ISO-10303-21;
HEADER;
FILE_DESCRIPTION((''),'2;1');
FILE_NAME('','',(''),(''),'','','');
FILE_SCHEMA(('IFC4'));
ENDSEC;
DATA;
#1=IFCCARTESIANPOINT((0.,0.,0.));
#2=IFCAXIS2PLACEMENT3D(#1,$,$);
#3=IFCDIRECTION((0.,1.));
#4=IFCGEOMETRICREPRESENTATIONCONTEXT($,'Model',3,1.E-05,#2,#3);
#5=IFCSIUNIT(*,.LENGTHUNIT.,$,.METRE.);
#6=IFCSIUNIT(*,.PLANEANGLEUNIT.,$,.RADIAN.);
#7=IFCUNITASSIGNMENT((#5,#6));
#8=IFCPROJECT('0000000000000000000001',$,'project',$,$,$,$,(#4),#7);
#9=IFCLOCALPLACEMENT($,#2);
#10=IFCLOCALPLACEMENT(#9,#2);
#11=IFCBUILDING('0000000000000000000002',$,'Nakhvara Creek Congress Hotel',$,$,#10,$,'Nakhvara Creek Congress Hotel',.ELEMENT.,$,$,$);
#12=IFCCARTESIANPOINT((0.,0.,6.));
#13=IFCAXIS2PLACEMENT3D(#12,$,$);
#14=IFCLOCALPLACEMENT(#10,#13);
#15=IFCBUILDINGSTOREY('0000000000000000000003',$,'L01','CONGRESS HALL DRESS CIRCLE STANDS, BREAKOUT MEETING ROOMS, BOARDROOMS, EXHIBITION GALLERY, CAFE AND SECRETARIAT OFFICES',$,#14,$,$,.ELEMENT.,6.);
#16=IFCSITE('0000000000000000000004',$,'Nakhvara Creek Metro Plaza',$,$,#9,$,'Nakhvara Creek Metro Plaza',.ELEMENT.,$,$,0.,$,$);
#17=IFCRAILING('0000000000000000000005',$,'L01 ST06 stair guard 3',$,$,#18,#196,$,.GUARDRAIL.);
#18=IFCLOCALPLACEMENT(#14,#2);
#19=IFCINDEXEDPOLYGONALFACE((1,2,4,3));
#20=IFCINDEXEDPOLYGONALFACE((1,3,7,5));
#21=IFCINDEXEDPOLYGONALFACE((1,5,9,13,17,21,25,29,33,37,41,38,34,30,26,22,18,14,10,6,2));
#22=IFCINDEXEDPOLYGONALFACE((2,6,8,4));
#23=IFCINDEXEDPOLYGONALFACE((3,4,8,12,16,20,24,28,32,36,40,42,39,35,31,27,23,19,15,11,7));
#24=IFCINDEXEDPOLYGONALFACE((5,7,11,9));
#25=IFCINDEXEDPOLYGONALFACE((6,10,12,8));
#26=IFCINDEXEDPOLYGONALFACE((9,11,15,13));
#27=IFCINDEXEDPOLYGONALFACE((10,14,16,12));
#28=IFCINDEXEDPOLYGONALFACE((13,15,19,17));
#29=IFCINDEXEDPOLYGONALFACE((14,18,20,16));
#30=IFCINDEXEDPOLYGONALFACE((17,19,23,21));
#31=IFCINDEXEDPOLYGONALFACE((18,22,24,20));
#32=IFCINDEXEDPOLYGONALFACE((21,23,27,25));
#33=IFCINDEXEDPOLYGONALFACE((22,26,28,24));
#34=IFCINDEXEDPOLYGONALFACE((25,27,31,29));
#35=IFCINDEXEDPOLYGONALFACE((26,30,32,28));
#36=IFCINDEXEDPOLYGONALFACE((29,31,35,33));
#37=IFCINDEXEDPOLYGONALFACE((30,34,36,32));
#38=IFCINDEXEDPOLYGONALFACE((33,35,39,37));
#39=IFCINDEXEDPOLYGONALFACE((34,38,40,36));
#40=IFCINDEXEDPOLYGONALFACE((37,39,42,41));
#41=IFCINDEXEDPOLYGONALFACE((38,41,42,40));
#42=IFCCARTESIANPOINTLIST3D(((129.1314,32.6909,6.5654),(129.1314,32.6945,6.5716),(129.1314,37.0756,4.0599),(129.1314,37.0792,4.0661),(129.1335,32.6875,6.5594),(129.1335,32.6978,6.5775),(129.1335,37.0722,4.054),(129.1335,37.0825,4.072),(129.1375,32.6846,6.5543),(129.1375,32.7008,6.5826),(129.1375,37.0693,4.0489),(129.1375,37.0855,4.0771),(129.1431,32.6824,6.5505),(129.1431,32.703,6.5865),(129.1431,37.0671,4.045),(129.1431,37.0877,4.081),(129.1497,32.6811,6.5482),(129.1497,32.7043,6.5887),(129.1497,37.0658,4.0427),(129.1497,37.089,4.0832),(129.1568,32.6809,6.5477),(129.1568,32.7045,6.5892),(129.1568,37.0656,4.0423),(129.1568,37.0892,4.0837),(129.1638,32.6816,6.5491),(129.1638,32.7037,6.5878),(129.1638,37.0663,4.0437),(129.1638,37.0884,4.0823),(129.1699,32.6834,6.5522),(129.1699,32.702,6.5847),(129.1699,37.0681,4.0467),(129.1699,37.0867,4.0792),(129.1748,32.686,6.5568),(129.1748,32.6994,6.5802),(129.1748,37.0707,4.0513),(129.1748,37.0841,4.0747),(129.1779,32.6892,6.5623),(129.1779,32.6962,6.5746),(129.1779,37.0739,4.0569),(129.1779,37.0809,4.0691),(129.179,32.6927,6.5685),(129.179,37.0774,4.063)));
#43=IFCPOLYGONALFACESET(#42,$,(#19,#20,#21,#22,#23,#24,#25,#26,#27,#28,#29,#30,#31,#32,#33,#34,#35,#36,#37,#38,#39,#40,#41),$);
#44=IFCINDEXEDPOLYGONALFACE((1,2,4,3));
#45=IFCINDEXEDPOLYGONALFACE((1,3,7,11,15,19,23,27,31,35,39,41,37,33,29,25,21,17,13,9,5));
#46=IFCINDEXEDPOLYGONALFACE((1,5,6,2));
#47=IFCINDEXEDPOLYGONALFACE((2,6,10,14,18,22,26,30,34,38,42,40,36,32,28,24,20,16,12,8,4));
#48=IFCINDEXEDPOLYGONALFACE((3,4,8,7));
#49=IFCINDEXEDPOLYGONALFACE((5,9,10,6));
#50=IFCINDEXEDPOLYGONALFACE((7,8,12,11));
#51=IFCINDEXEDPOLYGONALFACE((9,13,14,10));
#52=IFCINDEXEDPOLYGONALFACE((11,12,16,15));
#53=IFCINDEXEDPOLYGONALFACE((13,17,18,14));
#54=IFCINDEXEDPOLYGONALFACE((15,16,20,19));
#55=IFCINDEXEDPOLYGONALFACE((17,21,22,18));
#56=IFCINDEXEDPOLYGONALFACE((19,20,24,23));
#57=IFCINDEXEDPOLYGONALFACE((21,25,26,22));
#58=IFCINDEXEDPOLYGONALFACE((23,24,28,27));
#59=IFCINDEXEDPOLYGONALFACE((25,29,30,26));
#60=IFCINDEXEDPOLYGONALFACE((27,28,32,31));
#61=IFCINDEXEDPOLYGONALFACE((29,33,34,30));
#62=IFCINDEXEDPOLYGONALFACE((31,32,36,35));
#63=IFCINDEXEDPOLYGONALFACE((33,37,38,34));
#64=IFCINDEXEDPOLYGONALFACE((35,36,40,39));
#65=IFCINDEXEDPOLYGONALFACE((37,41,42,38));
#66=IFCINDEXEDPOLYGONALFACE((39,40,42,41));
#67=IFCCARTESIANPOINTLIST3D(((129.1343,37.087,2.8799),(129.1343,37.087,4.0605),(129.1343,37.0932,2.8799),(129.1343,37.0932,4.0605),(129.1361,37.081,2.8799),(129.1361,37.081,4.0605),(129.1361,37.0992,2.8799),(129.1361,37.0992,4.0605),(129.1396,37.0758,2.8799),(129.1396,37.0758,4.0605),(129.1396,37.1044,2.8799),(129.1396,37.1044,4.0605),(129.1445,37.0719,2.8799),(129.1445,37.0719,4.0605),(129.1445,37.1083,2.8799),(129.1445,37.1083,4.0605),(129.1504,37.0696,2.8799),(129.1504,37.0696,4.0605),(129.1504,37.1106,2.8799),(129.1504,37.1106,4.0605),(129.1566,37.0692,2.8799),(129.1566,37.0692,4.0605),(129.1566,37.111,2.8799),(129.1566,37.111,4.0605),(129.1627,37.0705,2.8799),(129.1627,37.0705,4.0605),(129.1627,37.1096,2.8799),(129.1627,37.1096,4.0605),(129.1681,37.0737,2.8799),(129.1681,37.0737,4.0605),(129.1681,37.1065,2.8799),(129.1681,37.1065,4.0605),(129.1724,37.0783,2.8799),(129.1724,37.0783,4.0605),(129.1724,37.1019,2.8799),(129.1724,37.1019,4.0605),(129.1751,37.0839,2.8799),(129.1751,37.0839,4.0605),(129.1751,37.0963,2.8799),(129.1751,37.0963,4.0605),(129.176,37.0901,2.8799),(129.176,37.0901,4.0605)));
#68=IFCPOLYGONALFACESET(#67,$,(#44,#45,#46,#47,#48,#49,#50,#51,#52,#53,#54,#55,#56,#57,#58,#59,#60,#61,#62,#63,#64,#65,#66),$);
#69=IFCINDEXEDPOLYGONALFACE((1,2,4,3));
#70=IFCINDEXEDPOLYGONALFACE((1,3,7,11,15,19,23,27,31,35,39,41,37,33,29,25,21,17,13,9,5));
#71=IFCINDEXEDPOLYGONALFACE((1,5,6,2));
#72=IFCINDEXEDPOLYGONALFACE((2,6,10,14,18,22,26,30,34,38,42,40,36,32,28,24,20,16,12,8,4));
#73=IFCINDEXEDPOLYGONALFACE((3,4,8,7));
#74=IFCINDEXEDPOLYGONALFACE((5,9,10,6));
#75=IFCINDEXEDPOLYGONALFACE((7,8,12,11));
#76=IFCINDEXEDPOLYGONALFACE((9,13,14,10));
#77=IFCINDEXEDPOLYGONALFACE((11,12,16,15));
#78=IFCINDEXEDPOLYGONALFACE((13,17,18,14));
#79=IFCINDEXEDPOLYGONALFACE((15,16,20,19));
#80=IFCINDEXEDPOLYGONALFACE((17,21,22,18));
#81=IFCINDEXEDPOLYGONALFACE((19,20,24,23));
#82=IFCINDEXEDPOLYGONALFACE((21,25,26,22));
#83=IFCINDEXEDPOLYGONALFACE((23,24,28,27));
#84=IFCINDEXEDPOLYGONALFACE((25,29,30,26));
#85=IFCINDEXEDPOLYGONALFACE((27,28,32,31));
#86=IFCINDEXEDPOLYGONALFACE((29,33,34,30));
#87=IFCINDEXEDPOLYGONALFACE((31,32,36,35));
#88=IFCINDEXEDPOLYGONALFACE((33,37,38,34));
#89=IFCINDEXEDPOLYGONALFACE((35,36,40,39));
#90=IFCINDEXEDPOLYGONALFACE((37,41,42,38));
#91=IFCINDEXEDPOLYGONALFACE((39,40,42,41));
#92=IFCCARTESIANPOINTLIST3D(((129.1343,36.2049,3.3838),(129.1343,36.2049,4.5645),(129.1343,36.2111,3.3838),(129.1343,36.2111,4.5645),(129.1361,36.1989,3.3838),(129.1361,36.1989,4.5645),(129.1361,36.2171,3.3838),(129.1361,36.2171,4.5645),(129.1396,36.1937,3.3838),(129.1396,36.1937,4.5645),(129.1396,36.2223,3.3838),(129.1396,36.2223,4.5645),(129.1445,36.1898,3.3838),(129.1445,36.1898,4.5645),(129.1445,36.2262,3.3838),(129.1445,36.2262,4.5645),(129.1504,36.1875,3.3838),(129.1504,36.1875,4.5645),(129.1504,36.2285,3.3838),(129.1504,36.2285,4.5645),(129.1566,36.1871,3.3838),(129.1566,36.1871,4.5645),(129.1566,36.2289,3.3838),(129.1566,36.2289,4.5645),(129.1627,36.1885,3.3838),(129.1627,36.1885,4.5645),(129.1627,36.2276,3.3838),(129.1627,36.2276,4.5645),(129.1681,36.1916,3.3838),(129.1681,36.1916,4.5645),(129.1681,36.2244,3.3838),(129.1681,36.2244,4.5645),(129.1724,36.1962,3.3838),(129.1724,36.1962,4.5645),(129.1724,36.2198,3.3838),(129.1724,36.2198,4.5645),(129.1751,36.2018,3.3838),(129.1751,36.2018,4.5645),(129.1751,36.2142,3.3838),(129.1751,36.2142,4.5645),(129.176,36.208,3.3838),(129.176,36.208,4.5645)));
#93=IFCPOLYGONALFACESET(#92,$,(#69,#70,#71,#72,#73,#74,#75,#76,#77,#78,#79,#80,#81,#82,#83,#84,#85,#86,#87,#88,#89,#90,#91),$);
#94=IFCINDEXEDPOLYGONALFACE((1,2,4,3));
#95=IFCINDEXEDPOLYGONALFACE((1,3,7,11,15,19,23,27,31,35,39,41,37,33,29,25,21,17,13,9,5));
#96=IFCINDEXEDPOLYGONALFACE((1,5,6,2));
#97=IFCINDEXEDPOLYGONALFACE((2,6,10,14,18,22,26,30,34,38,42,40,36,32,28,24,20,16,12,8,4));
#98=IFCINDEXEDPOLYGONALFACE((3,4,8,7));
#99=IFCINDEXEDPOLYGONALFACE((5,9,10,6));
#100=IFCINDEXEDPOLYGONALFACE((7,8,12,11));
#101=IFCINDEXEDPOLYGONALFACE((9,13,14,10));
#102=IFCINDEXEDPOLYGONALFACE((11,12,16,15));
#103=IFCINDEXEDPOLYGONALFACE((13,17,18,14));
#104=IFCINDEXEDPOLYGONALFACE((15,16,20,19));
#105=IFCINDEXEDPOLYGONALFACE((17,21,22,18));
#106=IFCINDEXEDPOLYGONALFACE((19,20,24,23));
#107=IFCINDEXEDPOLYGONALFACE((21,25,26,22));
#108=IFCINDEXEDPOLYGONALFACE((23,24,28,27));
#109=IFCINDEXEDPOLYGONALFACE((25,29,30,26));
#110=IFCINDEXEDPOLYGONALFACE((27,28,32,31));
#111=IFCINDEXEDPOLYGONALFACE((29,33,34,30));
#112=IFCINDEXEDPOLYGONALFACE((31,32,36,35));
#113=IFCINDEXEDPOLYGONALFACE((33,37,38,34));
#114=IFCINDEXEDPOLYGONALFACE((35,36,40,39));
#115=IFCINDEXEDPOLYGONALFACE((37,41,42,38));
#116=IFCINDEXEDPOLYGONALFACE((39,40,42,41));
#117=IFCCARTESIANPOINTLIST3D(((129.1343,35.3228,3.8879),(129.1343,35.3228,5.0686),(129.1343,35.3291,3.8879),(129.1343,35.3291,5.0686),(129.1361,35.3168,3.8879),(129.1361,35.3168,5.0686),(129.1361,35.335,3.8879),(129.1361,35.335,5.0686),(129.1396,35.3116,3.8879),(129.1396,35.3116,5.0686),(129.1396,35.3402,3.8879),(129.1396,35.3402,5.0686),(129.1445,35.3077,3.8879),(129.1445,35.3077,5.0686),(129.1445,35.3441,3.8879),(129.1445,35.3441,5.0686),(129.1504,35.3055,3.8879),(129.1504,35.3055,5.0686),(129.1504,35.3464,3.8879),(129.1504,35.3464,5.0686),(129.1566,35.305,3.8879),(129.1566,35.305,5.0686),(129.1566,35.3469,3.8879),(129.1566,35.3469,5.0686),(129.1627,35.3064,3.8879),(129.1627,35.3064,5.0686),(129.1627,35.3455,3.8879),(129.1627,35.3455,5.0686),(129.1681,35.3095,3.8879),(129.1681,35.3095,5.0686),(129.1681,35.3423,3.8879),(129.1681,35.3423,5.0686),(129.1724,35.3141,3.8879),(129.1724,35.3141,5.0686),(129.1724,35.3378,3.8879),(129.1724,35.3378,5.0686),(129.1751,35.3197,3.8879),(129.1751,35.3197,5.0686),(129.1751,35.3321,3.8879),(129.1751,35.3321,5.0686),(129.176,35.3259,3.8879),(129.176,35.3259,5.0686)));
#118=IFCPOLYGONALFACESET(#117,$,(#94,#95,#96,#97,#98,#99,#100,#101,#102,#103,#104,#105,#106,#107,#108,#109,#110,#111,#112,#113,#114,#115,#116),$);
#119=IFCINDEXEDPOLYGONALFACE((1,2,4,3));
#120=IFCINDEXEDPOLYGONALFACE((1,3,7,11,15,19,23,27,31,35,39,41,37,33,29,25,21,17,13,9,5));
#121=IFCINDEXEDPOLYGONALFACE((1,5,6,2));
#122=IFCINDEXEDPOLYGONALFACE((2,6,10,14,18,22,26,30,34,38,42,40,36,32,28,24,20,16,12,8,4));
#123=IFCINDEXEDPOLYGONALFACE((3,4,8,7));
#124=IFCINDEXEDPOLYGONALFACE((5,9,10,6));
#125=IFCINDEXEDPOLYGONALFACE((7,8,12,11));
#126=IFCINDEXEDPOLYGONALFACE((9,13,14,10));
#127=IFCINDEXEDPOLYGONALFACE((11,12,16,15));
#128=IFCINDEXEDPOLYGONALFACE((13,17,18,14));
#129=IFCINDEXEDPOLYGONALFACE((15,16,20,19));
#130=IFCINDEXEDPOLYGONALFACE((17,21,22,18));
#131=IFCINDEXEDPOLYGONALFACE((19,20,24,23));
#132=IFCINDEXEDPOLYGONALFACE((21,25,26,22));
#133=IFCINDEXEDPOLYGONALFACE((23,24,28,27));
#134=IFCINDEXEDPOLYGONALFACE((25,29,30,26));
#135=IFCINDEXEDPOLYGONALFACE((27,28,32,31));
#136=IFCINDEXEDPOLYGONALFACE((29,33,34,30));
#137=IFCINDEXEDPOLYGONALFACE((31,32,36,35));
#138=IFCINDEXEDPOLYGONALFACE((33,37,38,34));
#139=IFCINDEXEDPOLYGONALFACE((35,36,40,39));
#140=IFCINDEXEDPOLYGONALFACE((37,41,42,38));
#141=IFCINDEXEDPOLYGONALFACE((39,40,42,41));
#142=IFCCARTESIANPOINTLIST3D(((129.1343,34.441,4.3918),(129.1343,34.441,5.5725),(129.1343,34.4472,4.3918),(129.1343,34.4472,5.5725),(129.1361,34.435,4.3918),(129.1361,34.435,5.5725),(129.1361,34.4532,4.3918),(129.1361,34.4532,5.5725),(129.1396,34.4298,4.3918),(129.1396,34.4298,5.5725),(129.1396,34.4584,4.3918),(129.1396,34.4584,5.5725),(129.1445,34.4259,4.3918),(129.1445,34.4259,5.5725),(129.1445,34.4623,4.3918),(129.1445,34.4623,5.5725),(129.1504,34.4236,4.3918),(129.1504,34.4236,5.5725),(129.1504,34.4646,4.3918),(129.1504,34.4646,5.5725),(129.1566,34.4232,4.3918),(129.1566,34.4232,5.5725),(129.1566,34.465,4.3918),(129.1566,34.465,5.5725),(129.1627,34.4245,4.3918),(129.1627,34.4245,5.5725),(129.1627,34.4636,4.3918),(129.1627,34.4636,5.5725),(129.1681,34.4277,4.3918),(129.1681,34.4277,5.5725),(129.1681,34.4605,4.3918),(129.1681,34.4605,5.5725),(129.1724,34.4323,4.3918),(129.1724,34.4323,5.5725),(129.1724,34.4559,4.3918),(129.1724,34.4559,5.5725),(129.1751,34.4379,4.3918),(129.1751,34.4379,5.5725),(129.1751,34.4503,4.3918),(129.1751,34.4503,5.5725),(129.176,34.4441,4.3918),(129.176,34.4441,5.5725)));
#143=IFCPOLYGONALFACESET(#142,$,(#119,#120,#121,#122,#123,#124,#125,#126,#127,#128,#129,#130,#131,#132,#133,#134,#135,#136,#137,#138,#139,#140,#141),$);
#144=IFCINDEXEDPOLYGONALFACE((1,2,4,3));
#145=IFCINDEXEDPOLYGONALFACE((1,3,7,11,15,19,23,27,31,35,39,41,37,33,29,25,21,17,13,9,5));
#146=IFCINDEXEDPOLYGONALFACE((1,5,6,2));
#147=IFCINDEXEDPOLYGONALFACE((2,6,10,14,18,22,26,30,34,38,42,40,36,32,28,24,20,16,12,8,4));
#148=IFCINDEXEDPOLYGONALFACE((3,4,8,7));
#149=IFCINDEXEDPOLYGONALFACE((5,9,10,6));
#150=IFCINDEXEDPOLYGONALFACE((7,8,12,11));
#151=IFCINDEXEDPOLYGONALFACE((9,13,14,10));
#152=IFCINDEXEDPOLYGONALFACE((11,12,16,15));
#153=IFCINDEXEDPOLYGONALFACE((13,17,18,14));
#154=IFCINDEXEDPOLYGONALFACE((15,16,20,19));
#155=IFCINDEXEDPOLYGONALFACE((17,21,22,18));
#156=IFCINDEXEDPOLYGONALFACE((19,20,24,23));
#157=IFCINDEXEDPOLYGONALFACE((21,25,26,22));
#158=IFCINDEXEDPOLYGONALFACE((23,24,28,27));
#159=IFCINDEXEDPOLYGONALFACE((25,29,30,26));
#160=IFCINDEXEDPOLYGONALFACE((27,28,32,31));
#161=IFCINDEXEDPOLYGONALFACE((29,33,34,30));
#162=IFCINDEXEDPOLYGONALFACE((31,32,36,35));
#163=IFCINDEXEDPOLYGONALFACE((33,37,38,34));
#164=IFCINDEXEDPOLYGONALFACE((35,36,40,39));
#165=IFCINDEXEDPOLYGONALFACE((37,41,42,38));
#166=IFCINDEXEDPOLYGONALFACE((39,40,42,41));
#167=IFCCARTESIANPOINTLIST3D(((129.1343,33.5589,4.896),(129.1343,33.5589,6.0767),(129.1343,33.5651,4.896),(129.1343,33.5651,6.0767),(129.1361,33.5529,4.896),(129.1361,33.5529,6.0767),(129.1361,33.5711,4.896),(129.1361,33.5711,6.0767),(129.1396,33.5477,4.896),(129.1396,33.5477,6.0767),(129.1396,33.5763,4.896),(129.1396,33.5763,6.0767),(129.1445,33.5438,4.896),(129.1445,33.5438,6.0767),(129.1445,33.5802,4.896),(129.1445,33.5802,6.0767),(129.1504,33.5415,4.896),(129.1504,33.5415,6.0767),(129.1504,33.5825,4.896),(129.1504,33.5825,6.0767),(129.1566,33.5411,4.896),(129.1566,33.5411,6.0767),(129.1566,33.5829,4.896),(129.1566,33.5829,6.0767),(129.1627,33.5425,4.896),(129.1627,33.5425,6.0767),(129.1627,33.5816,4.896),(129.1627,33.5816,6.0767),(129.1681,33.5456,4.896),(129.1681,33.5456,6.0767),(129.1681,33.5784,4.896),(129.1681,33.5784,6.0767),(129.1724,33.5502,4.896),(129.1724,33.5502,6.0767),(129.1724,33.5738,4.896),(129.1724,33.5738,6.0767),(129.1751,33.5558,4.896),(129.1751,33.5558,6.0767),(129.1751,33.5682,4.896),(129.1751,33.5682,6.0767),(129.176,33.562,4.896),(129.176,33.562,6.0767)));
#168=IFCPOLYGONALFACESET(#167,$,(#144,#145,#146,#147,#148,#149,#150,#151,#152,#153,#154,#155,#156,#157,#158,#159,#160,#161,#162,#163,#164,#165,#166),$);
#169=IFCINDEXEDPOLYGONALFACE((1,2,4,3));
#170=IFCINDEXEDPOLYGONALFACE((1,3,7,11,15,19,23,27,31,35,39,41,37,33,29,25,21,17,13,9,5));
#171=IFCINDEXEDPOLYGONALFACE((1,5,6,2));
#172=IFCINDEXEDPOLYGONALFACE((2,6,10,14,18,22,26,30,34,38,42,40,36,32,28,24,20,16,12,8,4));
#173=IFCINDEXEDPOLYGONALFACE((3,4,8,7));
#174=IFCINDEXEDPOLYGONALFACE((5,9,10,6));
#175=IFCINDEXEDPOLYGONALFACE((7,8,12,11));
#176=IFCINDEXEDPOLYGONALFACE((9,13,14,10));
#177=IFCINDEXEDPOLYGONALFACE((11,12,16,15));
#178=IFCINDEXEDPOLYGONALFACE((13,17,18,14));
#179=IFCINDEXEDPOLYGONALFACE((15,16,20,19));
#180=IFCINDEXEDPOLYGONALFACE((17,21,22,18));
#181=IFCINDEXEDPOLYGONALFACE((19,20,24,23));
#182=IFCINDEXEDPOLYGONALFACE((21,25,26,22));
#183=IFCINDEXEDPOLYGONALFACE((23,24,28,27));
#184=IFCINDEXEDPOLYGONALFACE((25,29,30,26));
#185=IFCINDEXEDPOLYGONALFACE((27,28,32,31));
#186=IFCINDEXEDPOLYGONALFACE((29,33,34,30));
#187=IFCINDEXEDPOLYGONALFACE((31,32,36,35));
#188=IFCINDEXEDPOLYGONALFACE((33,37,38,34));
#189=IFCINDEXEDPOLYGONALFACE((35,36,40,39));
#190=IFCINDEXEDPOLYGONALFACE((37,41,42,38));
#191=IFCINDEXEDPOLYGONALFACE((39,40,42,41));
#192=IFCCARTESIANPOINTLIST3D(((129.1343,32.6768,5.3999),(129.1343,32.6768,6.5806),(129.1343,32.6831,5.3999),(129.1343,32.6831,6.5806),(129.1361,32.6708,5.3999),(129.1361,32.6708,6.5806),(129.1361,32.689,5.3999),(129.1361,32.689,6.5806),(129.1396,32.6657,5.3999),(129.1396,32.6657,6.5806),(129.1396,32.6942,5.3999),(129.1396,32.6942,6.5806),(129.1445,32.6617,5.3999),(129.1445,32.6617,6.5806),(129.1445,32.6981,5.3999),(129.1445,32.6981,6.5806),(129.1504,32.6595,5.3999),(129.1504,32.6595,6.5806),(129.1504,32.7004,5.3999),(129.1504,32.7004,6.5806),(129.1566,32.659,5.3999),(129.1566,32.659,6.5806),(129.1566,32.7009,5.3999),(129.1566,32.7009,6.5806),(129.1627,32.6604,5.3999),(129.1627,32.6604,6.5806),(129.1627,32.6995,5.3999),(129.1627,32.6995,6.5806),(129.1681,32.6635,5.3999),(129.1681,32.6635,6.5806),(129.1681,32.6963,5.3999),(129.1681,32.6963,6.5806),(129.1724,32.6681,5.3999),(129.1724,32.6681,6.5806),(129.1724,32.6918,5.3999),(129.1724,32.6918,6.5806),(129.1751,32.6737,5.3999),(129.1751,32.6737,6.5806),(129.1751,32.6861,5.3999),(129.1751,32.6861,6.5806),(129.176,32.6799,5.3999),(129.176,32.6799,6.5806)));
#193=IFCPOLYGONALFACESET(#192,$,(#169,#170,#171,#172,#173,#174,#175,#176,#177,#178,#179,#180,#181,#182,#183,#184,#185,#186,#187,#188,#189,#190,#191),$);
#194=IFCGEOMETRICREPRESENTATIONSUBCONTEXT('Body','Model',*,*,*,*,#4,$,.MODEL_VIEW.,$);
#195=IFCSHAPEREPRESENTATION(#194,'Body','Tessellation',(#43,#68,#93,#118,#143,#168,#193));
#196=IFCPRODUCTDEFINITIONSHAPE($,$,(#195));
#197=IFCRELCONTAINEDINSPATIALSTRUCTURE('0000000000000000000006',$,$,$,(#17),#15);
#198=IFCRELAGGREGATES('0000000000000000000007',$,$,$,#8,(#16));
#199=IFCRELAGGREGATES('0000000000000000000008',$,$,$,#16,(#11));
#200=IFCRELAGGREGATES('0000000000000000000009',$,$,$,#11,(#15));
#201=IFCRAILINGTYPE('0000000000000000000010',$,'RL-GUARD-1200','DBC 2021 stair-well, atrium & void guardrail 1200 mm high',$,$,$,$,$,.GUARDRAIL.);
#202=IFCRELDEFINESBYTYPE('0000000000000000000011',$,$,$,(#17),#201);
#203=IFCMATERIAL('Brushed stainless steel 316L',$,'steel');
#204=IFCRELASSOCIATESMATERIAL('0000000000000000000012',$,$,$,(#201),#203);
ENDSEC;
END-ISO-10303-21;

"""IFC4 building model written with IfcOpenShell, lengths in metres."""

from ifc_helpers import new_model, si_unit, direction, frame, origin, origin_2d, place, context, subcontext, project, spatial, circle, extrude, material, type_object, element, save


model = new_model("IFC4")

# Units and contexts
model_context = context("Model", 3, precision=1e-05, world=origin(), true_north=direction((0.0, 1.0)))
body_context = subcontext(model_context, "Body", "Model", "MODEL_VIEW")
ifc_project = project(units=[si_unit("LENGTHUNIT", "METRE"), si_unit("PLANEANGLEUNIT", "RADIAN")], contexts=[model_context])

# Site, building, storey
site_placement = place(None, origin())
site = spatial("IfcSite", under=ifc_project, at=site_placement, Name="Nakhvara Creek Metro Plaza", LongName="Nakhvara Creek Metro Plaza", CompositionType="ELEMENT", RefElevation=0.0)
building_placement = place(site_placement, origin())
building = spatial("IfcBuilding", under=site, at=building_placement, Name="Nakhvara Creek Congress Hotel", LongName="Nakhvara Creek Congress Hotel", CompositionType="ELEMENT")
storey_placement = place(building_placement, frame((0.0, 0.0, 6.0)))
storey = spatial("IfcBuildingStorey", under=building, at=storey_placement, Name="L01", Description="CONGRESS HALL DRESS CIRCLE STANDS, BREAKOUT MEETING ROOMS, BOARDROOMS, EXHIBITION GALLERY, CAFE AND SECRETARIAT OFFICES", CompositionType="ELEMENT", Elevation=6.0)

# Railing
ifc_material_1 = material(Name="Brushed stainless steel 316L", Category="steel")
railing_type_1 = type_object("IfcRailingType", Name="RL-GUARD-1200", Description="DBC 2021 stair-well, atrium & void guardrail 1200 mm high", PredefinedType="GUARDRAIL", material=ifc_material_1)
railing_1_placement = place(storey_placement, frame((129.155, 37.0901, 2.8799)))
element("IfcRailing", 1, at=railing_1_placement, inside=storey, type_object=railing_type_1, Name="L01 ST06 stair guard 3", PredefinedType="GUARDRAIL", context=body_context, shape_type="SweptSolid", body=[
    extrude(circle(Radius=0.0239, at=origin_2d()), frame((0.0, -0.0127, 1.1831), z_axis=(0.0, -0.868249, 0.496129), x_axis=(1.0, 0.0, 0.0)), (0.0, 0.0, 1.0), 5.05),
    extrude(circle(Radius=0.021, at=origin_2d()), origin(), (0.0, 0.0, 1.0), 1.1807),
    extrude(circle(Radius=0.021, at=origin_2d()), frame((0.0, -0.8821, 0.5039)), (0.0, 0.0, 1.0), 1.1807),
    extrude(circle(Radius=0.021, at=origin_2d()), frame((0.0, -1.7642, 1.0081)), (0.0, 0.0, 1.0), 1.1807),
    extrude(circle(Radius=0.021, at=origin_2d()), frame((0.0, -2.646, 1.512)), (0.0, 0.0, 1.0), 1.1807),
    extrude(circle(Radius=0.021, at=origin_2d()), frame((0.0, -3.5281, 2.0161)), (0.0, 0.0, 1.0), 1.1807),
    extrude(circle(Radius=0.021, at=origin_2d()), frame((0.0, -4.4102, 2.52)), (0.0, 0.0, 1.0), 1.1807),
])

save(model, "model.ifc")
